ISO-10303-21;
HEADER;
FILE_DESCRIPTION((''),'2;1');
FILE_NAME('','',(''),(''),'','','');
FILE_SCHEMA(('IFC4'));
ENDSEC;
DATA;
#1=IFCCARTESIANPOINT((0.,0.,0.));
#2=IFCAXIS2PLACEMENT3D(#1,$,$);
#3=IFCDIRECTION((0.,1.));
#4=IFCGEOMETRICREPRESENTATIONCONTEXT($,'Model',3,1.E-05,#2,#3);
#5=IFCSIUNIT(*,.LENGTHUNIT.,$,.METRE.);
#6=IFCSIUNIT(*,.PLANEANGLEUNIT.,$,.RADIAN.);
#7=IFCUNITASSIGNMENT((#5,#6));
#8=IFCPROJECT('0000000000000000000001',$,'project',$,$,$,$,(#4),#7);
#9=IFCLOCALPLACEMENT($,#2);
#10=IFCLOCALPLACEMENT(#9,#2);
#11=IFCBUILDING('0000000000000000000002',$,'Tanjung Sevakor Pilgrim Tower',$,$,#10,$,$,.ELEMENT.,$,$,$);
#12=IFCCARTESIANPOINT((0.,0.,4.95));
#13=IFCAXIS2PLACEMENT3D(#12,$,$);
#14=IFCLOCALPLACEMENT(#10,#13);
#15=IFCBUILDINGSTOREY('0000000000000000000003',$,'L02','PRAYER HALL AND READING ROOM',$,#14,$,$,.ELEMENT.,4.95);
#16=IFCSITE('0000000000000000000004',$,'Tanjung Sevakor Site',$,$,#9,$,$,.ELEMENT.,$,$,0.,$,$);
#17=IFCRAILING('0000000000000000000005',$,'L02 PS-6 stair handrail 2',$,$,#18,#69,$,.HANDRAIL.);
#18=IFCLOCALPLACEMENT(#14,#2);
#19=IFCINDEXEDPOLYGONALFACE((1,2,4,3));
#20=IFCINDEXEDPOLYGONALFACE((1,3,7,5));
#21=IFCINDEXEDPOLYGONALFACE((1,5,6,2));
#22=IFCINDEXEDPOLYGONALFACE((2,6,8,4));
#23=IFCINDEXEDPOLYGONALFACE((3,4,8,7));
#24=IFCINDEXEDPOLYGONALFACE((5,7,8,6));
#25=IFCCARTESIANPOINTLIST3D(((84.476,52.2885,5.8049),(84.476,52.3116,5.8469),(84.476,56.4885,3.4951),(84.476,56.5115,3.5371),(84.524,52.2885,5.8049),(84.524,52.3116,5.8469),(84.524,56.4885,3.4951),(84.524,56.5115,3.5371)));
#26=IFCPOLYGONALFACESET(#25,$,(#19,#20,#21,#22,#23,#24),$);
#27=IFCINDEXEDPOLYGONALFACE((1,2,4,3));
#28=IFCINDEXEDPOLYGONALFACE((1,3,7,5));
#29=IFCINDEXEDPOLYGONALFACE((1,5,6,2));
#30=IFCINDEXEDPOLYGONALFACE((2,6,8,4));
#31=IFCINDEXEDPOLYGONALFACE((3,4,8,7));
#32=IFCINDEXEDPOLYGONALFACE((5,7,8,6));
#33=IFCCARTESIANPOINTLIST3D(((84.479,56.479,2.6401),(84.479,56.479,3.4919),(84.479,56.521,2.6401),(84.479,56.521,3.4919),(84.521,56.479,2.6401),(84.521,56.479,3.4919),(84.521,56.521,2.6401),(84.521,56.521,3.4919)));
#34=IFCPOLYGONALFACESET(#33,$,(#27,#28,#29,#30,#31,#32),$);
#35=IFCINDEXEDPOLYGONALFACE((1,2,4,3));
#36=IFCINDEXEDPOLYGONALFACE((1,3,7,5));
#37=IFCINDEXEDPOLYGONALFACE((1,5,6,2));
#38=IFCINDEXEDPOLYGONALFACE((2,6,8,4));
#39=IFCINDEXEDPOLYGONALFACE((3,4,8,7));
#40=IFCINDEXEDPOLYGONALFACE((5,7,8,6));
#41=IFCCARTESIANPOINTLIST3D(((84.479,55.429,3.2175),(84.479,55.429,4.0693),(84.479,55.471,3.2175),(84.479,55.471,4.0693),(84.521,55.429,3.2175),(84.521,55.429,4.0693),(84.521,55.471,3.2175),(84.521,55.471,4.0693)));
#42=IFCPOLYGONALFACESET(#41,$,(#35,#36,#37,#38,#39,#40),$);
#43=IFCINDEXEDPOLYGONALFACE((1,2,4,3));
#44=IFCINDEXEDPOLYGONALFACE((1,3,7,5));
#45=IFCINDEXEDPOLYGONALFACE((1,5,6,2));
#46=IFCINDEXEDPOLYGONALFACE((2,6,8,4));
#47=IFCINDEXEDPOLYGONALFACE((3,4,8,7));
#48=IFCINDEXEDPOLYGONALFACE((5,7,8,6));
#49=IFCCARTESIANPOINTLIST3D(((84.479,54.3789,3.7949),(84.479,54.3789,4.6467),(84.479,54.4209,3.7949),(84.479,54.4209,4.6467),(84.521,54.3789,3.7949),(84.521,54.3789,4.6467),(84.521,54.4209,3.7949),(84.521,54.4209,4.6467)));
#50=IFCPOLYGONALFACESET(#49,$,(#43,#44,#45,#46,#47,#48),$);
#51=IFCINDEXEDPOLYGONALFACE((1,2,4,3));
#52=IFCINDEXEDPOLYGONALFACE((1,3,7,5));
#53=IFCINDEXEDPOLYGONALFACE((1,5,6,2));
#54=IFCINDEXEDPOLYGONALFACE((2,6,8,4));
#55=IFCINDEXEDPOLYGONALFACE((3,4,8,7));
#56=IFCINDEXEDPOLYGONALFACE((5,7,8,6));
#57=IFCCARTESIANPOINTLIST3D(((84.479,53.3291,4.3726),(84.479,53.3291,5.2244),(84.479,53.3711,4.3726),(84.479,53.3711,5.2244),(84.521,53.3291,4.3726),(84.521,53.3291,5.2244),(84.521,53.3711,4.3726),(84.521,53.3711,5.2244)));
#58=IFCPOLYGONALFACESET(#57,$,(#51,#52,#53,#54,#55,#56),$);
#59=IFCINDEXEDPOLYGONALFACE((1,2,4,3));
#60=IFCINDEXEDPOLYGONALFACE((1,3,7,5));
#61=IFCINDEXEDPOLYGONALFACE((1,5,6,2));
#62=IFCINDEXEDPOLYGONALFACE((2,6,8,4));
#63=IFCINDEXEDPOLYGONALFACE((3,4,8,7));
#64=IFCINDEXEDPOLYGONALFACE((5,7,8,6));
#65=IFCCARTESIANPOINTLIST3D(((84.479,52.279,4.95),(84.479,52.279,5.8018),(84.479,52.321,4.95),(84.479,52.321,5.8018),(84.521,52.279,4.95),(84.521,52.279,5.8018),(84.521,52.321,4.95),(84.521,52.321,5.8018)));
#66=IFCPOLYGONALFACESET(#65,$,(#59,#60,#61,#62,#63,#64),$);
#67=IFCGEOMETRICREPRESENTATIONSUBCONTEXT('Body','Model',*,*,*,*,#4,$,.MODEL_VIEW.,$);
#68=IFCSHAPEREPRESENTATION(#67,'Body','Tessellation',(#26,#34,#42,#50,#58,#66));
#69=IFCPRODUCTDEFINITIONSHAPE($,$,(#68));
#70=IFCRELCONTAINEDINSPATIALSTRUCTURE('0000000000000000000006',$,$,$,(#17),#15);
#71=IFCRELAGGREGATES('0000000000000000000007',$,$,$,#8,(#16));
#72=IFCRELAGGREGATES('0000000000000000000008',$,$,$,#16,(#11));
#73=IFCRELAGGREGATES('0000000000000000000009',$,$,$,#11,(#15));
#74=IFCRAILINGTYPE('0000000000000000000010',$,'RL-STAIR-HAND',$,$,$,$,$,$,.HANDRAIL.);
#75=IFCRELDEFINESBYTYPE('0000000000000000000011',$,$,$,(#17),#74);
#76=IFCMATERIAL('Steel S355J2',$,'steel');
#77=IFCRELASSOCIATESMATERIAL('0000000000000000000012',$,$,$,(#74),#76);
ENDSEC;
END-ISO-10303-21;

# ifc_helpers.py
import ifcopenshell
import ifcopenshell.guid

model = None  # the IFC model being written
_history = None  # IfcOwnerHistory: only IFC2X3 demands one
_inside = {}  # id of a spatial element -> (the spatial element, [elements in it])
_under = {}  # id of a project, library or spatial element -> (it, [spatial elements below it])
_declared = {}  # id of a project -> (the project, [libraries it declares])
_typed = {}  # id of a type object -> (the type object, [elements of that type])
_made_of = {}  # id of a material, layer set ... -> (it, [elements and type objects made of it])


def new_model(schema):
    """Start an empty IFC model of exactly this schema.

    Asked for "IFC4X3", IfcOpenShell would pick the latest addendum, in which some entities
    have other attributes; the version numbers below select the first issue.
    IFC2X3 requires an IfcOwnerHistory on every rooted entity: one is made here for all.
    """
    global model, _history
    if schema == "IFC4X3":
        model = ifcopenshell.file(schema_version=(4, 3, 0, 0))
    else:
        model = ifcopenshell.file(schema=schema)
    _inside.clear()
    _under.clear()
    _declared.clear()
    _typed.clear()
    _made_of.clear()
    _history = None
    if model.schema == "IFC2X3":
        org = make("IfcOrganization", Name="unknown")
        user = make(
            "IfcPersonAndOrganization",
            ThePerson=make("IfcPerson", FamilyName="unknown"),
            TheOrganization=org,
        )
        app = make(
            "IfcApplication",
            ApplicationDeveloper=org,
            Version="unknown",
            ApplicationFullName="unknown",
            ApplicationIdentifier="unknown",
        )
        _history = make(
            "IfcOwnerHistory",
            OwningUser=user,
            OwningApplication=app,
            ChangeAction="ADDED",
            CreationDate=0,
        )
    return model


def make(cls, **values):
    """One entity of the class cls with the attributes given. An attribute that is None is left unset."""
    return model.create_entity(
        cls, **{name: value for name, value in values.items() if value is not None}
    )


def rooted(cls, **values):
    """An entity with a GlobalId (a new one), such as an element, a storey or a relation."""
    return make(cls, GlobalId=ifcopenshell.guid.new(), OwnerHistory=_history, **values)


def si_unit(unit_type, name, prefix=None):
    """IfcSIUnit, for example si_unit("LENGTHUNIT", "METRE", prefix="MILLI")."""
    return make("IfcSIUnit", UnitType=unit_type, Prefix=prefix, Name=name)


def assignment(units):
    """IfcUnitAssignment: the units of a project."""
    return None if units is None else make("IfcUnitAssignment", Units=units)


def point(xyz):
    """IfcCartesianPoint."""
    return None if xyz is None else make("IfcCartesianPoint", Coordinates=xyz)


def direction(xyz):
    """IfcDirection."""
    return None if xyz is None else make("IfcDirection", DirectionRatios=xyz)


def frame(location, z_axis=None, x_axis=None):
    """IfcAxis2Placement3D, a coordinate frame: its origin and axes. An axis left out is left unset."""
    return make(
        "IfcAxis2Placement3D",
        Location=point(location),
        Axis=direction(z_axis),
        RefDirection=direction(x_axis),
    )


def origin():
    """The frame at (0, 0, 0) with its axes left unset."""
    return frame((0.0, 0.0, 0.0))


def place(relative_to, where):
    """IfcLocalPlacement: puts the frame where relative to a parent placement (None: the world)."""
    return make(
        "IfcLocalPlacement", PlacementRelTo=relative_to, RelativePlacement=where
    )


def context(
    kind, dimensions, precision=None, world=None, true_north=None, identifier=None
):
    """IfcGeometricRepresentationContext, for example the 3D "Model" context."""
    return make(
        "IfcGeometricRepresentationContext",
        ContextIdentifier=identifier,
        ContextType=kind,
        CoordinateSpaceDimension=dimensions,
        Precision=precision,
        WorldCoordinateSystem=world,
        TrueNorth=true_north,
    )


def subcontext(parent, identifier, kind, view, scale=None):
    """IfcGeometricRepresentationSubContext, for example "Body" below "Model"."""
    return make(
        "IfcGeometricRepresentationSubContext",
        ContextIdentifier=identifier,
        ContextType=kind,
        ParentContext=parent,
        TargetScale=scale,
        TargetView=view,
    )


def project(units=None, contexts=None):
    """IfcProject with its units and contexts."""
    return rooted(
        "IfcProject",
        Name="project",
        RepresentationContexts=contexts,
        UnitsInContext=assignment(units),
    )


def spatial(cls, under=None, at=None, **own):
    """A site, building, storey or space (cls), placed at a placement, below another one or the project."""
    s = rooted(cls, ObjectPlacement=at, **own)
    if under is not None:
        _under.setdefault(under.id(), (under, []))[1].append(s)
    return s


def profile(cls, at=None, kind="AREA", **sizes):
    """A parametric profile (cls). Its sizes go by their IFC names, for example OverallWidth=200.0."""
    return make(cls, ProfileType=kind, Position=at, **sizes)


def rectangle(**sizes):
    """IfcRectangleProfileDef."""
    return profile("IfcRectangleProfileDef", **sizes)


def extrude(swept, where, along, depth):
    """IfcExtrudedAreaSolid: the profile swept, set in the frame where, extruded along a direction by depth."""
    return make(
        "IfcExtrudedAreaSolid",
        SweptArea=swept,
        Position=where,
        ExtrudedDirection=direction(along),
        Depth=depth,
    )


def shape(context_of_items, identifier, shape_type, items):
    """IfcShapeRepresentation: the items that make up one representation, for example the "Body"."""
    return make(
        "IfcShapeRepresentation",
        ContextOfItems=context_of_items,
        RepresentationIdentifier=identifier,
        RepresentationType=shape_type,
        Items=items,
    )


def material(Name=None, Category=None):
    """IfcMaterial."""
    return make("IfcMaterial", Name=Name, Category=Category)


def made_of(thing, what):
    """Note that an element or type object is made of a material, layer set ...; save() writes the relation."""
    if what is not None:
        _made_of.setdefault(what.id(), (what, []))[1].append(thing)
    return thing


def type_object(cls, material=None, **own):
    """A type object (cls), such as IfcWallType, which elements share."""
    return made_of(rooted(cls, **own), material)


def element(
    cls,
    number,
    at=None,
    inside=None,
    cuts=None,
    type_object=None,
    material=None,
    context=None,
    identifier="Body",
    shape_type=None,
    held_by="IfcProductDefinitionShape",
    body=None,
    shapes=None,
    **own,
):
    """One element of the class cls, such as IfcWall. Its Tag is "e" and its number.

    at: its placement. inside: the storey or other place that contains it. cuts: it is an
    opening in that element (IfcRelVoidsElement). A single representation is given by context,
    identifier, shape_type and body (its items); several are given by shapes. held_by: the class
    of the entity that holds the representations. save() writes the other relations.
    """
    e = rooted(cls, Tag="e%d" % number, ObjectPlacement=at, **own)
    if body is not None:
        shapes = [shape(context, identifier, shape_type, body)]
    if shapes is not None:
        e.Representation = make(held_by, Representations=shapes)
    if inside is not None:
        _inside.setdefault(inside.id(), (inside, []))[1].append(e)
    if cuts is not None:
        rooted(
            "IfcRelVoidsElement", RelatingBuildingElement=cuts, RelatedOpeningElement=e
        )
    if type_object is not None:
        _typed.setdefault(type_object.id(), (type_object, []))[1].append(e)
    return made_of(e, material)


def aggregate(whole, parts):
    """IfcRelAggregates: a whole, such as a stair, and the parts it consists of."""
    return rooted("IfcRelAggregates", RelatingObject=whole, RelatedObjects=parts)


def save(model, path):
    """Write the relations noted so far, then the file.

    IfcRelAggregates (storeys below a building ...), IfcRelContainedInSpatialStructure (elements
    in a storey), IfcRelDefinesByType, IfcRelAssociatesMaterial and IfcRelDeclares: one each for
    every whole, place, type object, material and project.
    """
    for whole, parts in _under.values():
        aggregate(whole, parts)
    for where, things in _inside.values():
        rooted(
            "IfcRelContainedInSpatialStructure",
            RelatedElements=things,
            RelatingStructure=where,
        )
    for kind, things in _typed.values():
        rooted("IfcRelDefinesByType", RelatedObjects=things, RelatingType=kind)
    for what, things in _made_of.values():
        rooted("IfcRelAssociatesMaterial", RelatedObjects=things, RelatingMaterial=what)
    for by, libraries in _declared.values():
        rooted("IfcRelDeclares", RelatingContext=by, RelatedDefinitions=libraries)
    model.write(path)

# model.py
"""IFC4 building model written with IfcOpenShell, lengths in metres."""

from ifc_helpers import new_model, si_unit, direction, frame, origin, place, context, subcontext, project, spatial, rectangle, extrude, material, type_object, element, save


model = new_model("IFC4")

# Units and contexts
model_context = context("Model", 3, precision=1e-05, world=origin(), true_north=direction((0.0, 1.0)))
body_context = subcontext(model_context, "Body", "Model", "MODEL_VIEW")
ifc_project = project(units=[si_unit("LENGTHUNIT", "METRE"), si_unit("PLANEANGLEUNIT", "RADIAN")], contexts=[model_context])

# Site, building, storey
site_placement = place(None, origin())
site = spatial("IfcSite", under=ifc_project, at=site_placement, Name="Tanjung Sevakor Site", CompositionType="ELEMENT", RefElevation=0.0)
building_placement = place(site_placement, origin())
building = spatial("IfcBuilding", under=site, at=building_placement, Name="Tanjung Sevakor Pilgrim Tower", CompositionType="ELEMENT")
storey_placement = place(building_placement, frame((0.0, 0.0, 4.95)))
storey = spatial("IfcBuildingStorey", under=building, at=storey_placement, Name="L02", Description="PRAYER HALL AND READING ROOM", CompositionType="ELEMENT", Elevation=4.95)

# Railing
ifc_material_1 = material(Name="Steel S355J2", Category="steel")
railing_type_1 = type_object("IfcRailingType", Name="RL-STAIR-HAND", PredefinedType="HANDRAIL", material=ifc_material_1)
railing_1_placement = place(storey_placement, frame((84.5, 56.5, 2.6401)))
element("IfcRailing", 1, at=railing_1_placement, inside=storey, type_object=railing_type_1, Name="L02 PS-6 stair handrail 2", PredefinedType="HANDRAIL", context=body_context, shape_type="SweptSolid", body=[
    extrude(rectangle(XDim=0.0479, YDim=0.0479), frame((0.0, 0.0, 0.876), z_axis=(0.0, -0.87623, 0.481893), x_axis=(1.0, 0.0, 0.0)), (0.0, 0.0, 1.0), 4.7932),
    extrude(rectangle(XDim=0.042, YDim=0.042), origin(), (0.0, 0.0, 1.0), 0.8518),
    extrude(rectangle(XDim=0.042, YDim=0.042), frame((0.0, -1.05, 0.5774)), (0.0, 0.0, 1.0), 0.8518),
    extrude(rectangle(XDim=0.042, YDim=0.042), frame((0.0, -2.1001, 1.1548)), (0.0, 0.0, 1.0), 0.8518),
    extrude(rectangle(XDim=0.042, YDim=0.042), frame((0.0, -3.1499, 1.7324)), (0.0, 0.0, 1.0), 0.8518),
    extrude(rectangle(XDim=0.042, YDim=0.042), frame((0.0, -4.2, 2.3098)), (0.0, 0.0, 1.0), 0.8518),
])

save(model, "model.ifc")
